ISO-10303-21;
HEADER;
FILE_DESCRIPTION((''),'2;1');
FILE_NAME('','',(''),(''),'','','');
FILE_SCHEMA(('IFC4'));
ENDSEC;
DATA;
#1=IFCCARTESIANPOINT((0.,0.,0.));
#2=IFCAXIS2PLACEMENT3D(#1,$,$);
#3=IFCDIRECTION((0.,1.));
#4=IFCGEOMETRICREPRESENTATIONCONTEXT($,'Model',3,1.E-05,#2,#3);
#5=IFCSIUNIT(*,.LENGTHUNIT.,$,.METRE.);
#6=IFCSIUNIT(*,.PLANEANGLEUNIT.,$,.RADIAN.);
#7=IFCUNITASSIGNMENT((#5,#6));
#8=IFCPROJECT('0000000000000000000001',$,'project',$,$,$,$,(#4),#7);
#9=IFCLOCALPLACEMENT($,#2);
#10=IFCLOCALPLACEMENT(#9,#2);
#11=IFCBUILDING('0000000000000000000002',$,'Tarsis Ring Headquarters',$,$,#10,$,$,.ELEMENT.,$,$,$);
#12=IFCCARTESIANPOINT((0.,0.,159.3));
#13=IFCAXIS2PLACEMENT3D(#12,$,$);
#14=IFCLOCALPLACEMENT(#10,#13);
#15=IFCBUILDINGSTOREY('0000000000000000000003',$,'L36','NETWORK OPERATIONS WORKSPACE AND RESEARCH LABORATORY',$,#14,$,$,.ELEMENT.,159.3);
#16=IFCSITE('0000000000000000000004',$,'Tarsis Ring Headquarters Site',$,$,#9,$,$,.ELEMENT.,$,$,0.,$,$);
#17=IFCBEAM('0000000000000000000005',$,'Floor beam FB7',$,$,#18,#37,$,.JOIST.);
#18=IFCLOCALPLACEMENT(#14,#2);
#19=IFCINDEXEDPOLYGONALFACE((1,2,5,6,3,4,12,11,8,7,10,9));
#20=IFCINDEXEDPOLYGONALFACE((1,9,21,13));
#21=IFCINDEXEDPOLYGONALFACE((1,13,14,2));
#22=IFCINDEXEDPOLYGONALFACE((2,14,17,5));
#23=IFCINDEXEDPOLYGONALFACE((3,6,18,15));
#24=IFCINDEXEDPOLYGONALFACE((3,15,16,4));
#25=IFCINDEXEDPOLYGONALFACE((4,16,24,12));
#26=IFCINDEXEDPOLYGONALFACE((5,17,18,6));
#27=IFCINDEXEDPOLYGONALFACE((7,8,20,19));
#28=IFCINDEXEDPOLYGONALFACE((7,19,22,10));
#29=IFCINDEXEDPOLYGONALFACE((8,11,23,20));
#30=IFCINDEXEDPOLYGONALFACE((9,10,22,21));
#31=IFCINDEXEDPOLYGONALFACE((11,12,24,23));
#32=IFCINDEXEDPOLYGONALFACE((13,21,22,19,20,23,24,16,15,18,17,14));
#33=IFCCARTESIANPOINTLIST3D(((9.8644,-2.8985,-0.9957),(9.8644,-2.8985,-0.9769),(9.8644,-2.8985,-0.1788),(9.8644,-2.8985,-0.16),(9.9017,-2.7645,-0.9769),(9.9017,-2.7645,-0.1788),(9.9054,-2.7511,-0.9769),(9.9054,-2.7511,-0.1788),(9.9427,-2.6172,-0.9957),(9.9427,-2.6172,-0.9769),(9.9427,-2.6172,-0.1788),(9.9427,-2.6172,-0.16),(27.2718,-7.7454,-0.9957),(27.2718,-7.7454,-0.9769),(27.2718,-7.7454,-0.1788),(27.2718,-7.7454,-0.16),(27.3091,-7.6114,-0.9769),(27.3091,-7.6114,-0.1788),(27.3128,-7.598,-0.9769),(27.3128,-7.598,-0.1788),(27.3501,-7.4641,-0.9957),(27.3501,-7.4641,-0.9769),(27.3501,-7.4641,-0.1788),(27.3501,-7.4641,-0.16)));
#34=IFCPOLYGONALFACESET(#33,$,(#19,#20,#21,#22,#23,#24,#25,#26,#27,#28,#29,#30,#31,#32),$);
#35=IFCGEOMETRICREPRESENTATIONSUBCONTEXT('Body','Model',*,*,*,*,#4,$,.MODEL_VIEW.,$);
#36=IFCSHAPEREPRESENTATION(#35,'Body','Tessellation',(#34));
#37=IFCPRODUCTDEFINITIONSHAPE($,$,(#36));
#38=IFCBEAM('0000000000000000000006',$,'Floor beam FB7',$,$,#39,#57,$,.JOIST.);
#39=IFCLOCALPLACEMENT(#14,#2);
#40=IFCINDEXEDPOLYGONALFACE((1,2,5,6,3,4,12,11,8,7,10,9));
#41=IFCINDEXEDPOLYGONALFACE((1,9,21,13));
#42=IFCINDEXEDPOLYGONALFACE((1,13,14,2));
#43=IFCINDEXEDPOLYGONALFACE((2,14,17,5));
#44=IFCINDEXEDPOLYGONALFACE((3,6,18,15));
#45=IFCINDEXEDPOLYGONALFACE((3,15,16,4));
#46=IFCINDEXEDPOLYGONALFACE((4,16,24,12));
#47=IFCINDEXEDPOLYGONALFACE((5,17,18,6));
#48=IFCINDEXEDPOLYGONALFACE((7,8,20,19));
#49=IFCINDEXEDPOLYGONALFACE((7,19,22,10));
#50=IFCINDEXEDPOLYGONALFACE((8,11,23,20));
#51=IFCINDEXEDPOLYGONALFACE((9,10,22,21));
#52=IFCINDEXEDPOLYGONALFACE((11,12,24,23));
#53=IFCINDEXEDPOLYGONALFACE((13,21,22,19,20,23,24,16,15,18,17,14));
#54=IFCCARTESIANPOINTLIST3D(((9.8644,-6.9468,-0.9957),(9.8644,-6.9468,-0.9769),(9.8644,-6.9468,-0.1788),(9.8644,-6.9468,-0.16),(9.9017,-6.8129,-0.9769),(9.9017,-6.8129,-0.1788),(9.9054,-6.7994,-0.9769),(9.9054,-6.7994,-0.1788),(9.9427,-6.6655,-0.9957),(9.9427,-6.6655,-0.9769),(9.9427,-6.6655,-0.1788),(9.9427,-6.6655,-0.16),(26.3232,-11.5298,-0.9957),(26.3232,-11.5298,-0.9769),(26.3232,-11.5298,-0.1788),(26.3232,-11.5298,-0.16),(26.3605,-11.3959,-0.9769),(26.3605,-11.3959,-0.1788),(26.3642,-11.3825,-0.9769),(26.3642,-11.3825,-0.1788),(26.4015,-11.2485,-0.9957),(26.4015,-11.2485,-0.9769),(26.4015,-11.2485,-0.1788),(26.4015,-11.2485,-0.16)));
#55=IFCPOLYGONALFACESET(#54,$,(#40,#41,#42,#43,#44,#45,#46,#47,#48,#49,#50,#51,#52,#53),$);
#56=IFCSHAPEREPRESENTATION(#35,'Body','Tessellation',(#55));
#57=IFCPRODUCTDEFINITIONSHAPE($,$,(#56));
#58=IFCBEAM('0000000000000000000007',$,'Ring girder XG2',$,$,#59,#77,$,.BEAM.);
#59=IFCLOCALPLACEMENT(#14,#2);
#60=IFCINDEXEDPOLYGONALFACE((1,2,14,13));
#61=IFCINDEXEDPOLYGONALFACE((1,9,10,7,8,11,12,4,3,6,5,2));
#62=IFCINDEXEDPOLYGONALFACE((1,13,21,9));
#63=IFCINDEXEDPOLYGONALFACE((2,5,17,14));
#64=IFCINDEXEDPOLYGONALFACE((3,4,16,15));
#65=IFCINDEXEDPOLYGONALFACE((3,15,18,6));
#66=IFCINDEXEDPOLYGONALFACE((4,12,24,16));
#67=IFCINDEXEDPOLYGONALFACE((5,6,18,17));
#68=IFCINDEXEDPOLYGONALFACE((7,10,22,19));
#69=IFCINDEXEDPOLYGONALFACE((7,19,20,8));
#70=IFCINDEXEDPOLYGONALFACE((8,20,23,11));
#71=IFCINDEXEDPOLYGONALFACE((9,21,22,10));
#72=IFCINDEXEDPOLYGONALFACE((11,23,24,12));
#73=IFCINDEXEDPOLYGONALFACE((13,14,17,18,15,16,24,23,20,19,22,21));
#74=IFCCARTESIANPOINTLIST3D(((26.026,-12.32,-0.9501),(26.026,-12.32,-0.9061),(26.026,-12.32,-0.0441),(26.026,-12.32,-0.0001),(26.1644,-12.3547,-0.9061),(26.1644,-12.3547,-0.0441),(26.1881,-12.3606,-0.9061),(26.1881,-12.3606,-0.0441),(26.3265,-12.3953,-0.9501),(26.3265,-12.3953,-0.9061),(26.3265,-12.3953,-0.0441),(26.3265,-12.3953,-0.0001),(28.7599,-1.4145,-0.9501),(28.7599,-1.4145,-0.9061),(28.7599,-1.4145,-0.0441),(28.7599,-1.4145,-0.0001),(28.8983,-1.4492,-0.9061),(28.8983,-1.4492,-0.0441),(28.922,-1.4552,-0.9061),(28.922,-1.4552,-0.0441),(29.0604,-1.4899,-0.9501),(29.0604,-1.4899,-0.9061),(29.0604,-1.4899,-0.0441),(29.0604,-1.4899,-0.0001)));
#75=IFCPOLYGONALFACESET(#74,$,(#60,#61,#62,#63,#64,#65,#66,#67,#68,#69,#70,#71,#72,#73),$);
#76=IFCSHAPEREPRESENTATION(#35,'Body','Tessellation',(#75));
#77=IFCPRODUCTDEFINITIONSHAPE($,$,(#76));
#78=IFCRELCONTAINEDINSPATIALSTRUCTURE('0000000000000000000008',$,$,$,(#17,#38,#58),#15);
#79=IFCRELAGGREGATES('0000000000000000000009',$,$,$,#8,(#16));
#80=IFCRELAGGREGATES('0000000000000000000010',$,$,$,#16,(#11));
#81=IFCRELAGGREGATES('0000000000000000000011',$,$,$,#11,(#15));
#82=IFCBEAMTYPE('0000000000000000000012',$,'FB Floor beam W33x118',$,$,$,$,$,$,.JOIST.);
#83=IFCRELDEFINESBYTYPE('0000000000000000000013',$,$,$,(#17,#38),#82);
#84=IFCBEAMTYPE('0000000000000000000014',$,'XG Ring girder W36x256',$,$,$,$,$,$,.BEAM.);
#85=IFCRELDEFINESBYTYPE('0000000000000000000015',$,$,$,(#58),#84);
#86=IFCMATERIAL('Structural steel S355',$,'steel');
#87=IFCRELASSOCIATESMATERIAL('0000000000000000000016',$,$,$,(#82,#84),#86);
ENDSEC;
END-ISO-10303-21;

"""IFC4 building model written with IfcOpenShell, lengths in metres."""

from ifc_helpers import new_model, si_unit, direction, frame, origin, origin_2d, place, context, subcontext, project, spatial, i_section, extrude, material, material_profile, profile_set, type_object, element, save


model = new_model("IFC4")

# Units and contexts
model_context = context("Model", 3, precision=1e-05, world=origin(), true_north=direction((0.0, 1.0)))
body_context = subcontext(model_context, "Body", "Model", "MODEL_VIEW")
ifc_project = project(units=[si_unit("LENGTHUNIT", "METRE"), si_unit("PLANEANGLEUNIT", "RADIAN")], contexts=[model_context])

# Site, building, storey
site_placement = place(None, origin())
site = spatial("IfcSite", under=ifc_project, at=site_placement, Name="Tarsis Ring Headquarters Site", CompositionType="ELEMENT", RefElevation=0.0)
building_placement = place(site_placement, origin())
building = spatial("IfcBuilding", under=site, at=building_placement, Name="Tarsis Ring Headquarters", CompositionType="ELEMENT")
storey_placement = place(building_placement, frame((0.0, 0.0, 159.3)))
storey = spatial("IfcBuildingStorey", under=building, at=storey_placement, Name="L36", Description="NETWORK OPERATIONS WORKSPACE AND RESEARCH LABORATORY", CompositionType="ELEMENT", Elevation=159.3)

# Shared definitions
ifc_material_1 = material(Name="Structural steel S355", Category="steel")

# Beams
ifc_material_profile_1 = material_profile(ifc_material_1, i_section(OverallWidth=0.292, OverallDepth=0.8357, WebThickness=0.0139, FlangeThickness=0.0188, at=origin_2d()), Name="W33x118")
ifc_profile_set_1 = profile_set([ifc_material_profile_1], Name="Structural steel S355")
beam_type_1 = type_object("IfcBeamType", Name="FB Floor beam W33x118", PredefinedType="JOIST", material=ifc_profile_set_1)
beam_1_placement = place(storey_placement, frame((9.9036, -2.7578, -0.5779), z_axis=(0.963353, -0.268235, 0.0), x_axis=(0.268235, 0.963353, 0.0)))
element("IfcBeam", 1, at=beam_1_placement, inside=storey, type_object=beam_type_1, Name="Floor beam FB7", PredefinedType="JOIST", context=body_context, shape_type="SweptSolid", body=[
    extrude(i_section(OverallWidth=0.292, OverallDepth=0.8357, WebThickness=0.0139, FlangeThickness=0.0188, at=origin_2d()), origin(), (0.0, 0.0, 1.0), 18.0696),
])
beam_2_placement = place(storey_placement, frame((9.9036, -6.8062, -0.5779), z_axis=(0.96335, -0.268249, 0.0), x_axis=(0.268249, 0.96335, 0.0)))
element("IfcBeam", 2, at=beam_2_placement, inside=storey, type_object=beam_type_1, Name="Floor beam FB7", PredefinedType="JOIST", context=body_context, shape_type="SweptSolid", body=[
    extrude(i_section(OverallWidth=0.292, OverallDepth=0.8357, WebThickness=0.0139, FlangeThickness=0.0188, at=origin_2d()), origin(), (0.0, 0.0, 1.0), 17.085),
])
ifc_material_profile_2 = material_profile(ifc_material_1, i_section(OverallWidth=0.3098, OverallDepth=0.95, WebThickness=0.0244, FlangeThickness=0.0439, at=origin_2d()), Name="W36x256")
ifc_profile_set_2 = profile_set([ifc_material_profile_2], Name="Structural steel S355")
beam_type_2 = type_object("IfcBeamType", Name="XG Ring girder W36x256", PredefinedType="BEAM", material=ifc_profile_set_2)
beam_3_placement = place(storey_placement, frame((26.1763, -12.3577, -0.4751), z_axis=(0.243164, 0.969985, 0.0), x_axis=(-0.969985, 0.243164, 0.0)))
element("IfcBeam", 3, at=beam_3_placement, inside=storey, type_object=beam_type_2, Name="Ring girder XG2", PredefinedType="BEAM", context=body_context, shape_type="SweptSolid", body=[
    extrude(i_section(OverallWidth=0.3098, OverallDepth=0.95, WebThickness=0.0244, FlangeThickness=0.0439, at=origin_2d()), origin(), (0.0, 0.0, 1.0), 11.2429),
])

save(model, "model.ifc")
